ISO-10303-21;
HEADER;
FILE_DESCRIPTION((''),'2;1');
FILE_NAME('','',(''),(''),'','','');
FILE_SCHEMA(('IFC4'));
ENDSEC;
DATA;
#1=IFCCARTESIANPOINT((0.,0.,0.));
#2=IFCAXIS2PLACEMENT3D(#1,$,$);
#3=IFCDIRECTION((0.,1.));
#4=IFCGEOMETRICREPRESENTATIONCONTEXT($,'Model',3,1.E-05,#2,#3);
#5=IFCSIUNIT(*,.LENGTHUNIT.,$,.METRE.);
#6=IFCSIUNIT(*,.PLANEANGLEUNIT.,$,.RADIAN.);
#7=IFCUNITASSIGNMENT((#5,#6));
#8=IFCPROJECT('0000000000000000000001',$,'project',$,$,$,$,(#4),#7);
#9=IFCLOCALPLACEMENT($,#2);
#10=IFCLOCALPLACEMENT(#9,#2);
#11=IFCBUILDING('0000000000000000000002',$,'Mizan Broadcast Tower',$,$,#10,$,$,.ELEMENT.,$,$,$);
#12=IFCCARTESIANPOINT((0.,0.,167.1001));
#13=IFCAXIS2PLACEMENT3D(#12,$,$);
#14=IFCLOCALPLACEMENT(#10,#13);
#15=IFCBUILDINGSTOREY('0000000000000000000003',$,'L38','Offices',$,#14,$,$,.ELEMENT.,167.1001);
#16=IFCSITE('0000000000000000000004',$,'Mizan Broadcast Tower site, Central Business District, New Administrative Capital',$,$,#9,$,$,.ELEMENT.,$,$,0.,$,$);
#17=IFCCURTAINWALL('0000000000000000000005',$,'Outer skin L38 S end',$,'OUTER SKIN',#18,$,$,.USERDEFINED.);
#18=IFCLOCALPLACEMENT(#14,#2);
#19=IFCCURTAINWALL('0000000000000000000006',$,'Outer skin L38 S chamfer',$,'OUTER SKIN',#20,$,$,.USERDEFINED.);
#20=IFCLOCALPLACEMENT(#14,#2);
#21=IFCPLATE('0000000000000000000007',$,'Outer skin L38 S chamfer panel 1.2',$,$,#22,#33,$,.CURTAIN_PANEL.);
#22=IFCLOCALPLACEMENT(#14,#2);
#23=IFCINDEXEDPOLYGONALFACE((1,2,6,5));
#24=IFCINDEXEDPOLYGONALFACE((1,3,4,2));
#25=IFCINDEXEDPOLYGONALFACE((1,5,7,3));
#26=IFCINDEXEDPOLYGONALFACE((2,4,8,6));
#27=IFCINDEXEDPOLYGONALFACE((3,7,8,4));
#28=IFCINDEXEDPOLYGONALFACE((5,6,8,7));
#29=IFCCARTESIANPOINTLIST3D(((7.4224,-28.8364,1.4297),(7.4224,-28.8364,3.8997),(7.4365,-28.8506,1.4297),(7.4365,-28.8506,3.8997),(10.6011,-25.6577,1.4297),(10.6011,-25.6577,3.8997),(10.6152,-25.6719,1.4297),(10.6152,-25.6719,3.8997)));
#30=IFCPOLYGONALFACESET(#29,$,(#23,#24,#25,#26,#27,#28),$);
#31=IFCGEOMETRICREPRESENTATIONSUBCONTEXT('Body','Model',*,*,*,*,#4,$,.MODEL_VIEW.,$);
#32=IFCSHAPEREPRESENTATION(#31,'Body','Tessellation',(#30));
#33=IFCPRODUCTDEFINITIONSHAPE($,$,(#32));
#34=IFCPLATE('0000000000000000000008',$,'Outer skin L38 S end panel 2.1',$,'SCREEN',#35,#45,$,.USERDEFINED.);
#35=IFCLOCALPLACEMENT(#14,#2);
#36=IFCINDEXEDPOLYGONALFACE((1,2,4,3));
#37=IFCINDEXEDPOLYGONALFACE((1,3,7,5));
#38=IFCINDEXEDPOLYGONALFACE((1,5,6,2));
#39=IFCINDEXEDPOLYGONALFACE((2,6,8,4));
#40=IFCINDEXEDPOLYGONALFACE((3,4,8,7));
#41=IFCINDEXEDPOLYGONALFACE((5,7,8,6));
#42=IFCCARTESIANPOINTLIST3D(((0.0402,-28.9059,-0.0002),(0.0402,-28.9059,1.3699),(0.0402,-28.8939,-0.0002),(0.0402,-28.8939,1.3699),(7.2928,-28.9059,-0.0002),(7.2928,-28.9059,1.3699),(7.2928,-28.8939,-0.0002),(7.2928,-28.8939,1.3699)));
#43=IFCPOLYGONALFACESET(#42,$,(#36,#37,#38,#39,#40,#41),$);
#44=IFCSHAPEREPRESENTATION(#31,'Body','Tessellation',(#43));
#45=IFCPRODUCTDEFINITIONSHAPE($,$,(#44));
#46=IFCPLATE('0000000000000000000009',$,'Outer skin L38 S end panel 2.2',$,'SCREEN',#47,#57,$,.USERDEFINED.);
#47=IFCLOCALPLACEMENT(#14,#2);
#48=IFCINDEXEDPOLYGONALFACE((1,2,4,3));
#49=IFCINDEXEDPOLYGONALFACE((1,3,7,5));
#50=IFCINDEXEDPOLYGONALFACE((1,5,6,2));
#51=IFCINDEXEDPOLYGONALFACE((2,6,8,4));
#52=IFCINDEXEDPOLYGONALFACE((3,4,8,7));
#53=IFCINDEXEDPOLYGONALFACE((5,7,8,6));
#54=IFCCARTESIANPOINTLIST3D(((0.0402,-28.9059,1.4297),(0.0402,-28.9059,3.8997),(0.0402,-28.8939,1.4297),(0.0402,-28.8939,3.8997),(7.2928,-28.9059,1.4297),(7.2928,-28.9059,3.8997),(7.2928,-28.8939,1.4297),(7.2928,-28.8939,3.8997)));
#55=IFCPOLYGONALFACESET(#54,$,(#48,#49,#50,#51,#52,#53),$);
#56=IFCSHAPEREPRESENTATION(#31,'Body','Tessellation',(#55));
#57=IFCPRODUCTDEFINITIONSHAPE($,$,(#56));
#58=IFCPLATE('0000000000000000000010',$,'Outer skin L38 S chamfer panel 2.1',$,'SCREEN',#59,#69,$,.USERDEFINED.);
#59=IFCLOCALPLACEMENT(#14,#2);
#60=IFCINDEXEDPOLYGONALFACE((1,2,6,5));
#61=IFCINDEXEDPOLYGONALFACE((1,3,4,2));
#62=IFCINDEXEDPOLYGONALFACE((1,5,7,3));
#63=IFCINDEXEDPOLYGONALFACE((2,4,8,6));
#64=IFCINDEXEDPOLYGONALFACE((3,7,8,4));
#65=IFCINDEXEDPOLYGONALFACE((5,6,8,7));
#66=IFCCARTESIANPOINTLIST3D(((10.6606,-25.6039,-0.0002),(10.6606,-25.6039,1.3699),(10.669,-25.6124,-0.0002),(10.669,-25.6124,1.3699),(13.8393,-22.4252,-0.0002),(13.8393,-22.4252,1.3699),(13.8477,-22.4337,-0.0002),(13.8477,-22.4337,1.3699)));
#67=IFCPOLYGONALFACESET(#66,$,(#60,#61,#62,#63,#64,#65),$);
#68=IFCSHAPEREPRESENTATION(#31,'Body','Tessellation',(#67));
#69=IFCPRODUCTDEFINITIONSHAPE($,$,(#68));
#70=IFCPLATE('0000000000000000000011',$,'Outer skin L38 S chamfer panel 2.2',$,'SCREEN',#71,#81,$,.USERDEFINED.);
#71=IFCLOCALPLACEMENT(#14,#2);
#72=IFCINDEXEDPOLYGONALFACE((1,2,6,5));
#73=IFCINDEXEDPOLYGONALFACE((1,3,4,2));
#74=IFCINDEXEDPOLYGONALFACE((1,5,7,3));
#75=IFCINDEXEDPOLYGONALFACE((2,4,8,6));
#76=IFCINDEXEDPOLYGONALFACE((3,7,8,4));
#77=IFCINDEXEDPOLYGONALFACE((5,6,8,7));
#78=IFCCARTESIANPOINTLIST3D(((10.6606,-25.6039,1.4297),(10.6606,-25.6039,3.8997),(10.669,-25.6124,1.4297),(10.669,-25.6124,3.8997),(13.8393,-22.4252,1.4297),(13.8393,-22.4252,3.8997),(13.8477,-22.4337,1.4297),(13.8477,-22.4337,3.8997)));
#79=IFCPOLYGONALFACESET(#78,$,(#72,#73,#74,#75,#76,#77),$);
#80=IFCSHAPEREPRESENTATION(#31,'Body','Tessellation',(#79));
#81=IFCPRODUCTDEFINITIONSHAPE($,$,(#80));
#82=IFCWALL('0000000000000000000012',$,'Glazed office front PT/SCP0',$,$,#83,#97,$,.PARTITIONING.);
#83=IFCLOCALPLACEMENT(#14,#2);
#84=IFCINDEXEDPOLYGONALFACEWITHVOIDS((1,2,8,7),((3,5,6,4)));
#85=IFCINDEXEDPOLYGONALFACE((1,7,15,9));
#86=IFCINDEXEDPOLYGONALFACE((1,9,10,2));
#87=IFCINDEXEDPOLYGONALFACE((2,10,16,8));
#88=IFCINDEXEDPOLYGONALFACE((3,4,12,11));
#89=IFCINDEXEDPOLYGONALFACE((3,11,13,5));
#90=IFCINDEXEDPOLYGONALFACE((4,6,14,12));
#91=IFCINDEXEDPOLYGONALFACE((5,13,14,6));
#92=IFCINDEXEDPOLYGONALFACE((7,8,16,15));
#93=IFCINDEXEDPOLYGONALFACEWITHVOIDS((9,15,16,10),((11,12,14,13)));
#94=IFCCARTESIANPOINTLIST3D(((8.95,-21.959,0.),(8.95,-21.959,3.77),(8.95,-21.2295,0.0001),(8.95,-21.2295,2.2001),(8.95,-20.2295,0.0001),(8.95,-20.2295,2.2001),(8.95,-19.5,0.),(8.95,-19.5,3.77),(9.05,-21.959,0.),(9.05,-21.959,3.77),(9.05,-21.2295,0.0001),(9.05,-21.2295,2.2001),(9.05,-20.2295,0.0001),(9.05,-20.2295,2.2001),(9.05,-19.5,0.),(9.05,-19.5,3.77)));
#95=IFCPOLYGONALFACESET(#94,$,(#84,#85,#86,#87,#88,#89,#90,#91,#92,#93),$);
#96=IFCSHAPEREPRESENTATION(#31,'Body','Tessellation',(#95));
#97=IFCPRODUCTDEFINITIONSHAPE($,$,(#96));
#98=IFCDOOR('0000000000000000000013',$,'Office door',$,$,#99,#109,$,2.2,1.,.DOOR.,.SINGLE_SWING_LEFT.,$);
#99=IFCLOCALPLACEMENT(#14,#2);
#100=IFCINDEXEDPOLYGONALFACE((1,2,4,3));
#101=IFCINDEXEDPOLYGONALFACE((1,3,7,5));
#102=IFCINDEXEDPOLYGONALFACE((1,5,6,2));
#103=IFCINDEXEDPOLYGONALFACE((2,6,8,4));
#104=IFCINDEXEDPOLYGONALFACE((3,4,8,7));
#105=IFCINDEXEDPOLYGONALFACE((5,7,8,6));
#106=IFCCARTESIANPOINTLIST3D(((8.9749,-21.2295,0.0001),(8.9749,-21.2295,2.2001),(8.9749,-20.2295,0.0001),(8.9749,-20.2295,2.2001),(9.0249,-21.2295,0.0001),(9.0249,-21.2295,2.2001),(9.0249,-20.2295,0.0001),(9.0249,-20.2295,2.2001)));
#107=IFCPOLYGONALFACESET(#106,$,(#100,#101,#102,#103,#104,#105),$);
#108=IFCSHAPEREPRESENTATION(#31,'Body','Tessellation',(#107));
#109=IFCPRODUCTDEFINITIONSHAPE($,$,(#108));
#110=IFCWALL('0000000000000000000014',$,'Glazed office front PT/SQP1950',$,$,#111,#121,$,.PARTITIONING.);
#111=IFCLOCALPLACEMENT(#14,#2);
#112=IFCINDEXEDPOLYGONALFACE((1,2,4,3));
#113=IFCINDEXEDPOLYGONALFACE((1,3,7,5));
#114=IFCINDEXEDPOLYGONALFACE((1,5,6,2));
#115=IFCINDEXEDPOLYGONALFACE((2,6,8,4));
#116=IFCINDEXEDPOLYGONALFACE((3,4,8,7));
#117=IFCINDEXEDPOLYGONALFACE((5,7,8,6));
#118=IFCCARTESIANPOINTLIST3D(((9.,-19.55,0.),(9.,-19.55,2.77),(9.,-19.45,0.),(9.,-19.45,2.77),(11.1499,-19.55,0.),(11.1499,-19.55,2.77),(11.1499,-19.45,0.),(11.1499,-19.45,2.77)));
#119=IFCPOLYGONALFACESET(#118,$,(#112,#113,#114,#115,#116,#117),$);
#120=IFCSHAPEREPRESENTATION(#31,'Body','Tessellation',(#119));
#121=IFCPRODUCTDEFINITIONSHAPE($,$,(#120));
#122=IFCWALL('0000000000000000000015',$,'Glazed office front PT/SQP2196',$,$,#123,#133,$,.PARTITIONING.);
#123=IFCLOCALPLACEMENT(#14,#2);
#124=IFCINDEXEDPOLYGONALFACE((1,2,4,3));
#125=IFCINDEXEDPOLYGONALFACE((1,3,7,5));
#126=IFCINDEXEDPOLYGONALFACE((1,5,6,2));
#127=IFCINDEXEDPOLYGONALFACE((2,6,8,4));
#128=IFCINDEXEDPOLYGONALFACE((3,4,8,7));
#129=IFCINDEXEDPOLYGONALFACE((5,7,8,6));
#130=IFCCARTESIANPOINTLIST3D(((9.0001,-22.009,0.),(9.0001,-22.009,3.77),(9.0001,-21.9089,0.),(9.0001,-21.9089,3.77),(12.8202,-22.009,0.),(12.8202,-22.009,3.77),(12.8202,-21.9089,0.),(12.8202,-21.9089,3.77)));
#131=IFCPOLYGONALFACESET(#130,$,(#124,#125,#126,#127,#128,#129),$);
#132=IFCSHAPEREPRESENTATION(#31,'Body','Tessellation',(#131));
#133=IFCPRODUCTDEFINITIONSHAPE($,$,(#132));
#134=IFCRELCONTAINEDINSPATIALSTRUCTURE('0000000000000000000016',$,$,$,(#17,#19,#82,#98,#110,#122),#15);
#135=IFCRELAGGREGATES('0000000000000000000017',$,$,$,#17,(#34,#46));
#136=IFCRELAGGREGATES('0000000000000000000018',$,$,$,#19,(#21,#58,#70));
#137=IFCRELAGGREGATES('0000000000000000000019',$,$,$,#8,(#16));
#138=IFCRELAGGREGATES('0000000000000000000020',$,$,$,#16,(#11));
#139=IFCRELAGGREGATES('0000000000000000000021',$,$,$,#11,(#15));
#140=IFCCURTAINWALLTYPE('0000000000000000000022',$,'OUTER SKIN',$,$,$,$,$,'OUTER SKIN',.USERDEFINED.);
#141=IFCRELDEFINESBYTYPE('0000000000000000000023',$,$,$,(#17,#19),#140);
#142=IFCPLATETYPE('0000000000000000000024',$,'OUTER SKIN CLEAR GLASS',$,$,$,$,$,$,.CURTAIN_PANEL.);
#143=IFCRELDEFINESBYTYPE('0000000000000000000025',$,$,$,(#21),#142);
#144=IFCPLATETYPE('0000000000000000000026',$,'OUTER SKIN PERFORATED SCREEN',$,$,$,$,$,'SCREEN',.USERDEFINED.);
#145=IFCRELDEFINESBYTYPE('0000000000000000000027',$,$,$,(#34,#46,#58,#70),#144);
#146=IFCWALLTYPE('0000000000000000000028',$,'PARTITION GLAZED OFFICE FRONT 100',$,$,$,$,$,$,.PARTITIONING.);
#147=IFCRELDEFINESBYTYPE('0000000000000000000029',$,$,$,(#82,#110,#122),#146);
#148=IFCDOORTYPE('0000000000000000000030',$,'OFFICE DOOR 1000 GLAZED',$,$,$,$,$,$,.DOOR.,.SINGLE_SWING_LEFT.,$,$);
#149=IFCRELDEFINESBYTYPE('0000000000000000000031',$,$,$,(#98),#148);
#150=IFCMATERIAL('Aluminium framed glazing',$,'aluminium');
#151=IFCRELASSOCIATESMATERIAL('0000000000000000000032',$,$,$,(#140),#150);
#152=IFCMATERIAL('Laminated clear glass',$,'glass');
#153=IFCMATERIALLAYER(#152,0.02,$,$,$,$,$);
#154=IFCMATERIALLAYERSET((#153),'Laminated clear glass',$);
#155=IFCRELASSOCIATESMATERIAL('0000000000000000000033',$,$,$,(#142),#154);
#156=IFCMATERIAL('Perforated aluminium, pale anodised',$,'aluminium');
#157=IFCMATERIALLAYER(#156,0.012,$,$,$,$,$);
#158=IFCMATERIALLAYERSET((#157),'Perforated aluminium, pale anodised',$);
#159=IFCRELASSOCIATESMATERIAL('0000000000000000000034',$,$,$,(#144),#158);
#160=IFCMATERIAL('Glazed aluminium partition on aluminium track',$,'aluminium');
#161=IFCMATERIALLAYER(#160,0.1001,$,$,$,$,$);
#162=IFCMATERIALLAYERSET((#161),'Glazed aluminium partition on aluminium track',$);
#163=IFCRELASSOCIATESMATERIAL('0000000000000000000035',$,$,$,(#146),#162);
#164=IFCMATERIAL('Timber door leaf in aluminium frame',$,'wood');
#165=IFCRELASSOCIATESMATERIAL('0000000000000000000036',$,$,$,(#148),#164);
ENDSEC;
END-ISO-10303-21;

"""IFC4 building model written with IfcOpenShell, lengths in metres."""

from ifc_helpers import new_model, si_unit, direction, frame, frame_2d, origin, origin_2d, place, context, subcontext, project, spatial, rectangle, extrude, material, layer, layer_set, type_object, element, fill, aggregate, save


model = new_model("IFC4")

# Units and contexts
model_context = context("Model", 3, precision=1e-05, world=origin(), true_north=direction((0.0, 1.0)))
body_context = subcontext(model_context, "Body", "Model", "MODEL_VIEW")
ifc_project = project(units=[si_unit("LENGTHUNIT", "METRE"), si_unit("PLANEANGLEUNIT", "RADIAN")], contexts=[model_context])

# Site, building, storey
site_placement = place(None, origin())
site = spatial("IfcSite", under=ifc_project, at=site_placement, Name="Mizan Broadcast Tower site, Central Business District, New Administrative Capital", CompositionType="ELEMENT", RefElevation=0.0)
building_placement = place(site_placement, origin())
building = spatial("IfcBuilding", under=site, at=building_placement, Name="Mizan Broadcast Tower", CompositionType="ELEMENT")
storey_placement = place(building_placement, frame((0.0, 0.0, 167.1001)))
storey = spatial("IfcBuildingStorey", under=building, at=storey_placement, Name="L38", Description="Offices", CompositionType="ELEMENT", Elevation=167.1001)

# Curtain wall
ifc_material_1 = material(Name="Aluminium framed glazing", Category="aluminium")
curtain_wall_type_1 = type_object("IfcCurtainWallType", Name="OUTER SKIN", ElementType="OUTER SKIN", PredefinedType="USERDEFINED", material=ifc_material_1)
curtain_wall_1_placement = place(storey_placement, origin())
curtain_wall_1 = element("IfcCurtainWall", 1, at=curtain_wall_1_placement, inside=storey, type_object=curtain_wall_type_1, Name="Outer skin L38 S end", ObjectType="OUTER SKIN", PredefinedType="USERDEFINED")

# Curtain wall
curtain_wall_2_placement = place(storey_placement, origin())
curtain_wall_2 = element("IfcCurtainWall", 2, at=curtain_wall_2_placement, inside=storey, type_object=curtain_wall_type_1, Name="Outer skin L38 S chamfer", ObjectType="OUTER SKIN", PredefinedType="USERDEFINED")

# Plates
ifc_material_2 = material(Name="Laminated clear glass", Category="glass")
ifc_layer_1 = layer(ifc_material_2, 0.02)
ifc_layer_set_1 = layer_set([ifc_layer_1], Name="Laminated clear glass")
plate_type_1 = type_object("IfcPlateType", Name="OUTER SKIN CLEAR GLASS", PredefinedType="CURTAIN_PANEL", material=ifc_layer_set_1)
plate_1_placement = place(storey_placement, frame((9.0188, -27.2542, 1.4297), z_axis=(0.0, 0.0, 1.0), x_axis=(0.707107, 0.707107, 0.0)))
plate_1 = element("IfcPlate", 3, at=plate_1_placement, type_object=plate_type_1, Name="Outer skin L38 S chamfer panel 1.2", PredefinedType="CURTAIN_PANEL", context=body_context, shape_type="SweptSolid", body=[
    extrude(rectangle(XDim=4.4954, YDim=0.02, at=origin_2d()), origin(), (0.0, 0.0, 1.0), 2.47),
])
ifc_material_3 = material(Name="Perforated aluminium, pale anodised", Category="aluminium")
ifc_layer_2 = layer(ifc_material_3, 0.012)
ifc_layer_set_2 = layer_set([ifc_layer_2], Name="Perforated aluminium, pale anodised")
plate_type_2 = type_object("IfcPlateType", Name="OUTER SKIN PERFORATED SCREEN", ElementType="SCREEN", PredefinedType="USERDEFINED", material=ifc_layer_set_2)
plate_2_placement = place(storey_placement, frame((3.6665, -28.8999, -0.0002), z_axis=(0.0, 0.0, 1.0), x_axis=(1.0, 0.0, 0.0)))
plate_2 = element("IfcPlate", 4, at=plate_2_placement, type_object=plate_type_2, Name="Outer skin L38 S end panel 2.1", ObjectType="SCREEN", PredefinedType="USERDEFINED", context=body_context, shape_type="SweptSolid", body=[
    extrude(rectangle(XDim=7.2527, YDim=0.012, at=origin_2d()), origin(), (0.0, 0.0, 1.0), 1.3701),
])
plate_3_placement = place(storey_placement, frame((3.6665, -28.8999, 1.4297), z_axis=(0.0, 0.0, 1.0), x_axis=(1.0, 0.0, 0.0)))
plate_3 = element("IfcPlate", 5, at=plate_3_placement, type_object=plate_type_2, Name="Outer skin L38 S end panel 2.2", ObjectType="SCREEN", PredefinedType="USERDEFINED", context=body_context, shape_type="SweptSolid", body=[
    extrude(rectangle(XDim=7.2527, YDim=0.012, at=origin_2d()), origin(), (0.0, 0.0, 1.0), 2.47),
])
aggregate(curtain_wall_1, [plate_2, plate_3])
plate_4_placement = place(storey_placement, frame((12.2542, -24.0188, -0.0002), z_axis=(0.0, 0.0, 1.0), x_axis=(0.707107, 0.707107, 0.0)))
plate_4 = element("IfcPlate", 6, at=plate_4_placement, type_object=plate_type_2, Name="Outer skin L38 S chamfer panel 2.1", ObjectType="SCREEN", PredefinedType="USERDEFINED", context=body_context, shape_type="SweptSolid", body=[
    extrude(rectangle(XDim=4.4954, YDim=0.012, at=origin_2d()), origin(), (0.0, 0.0, 1.0), 1.3701),
])
plate_5_placement = place(storey_placement, frame((12.2542, -24.0188, 1.4297), z_axis=(0.0, 0.0, 1.0), x_axis=(0.707107, 0.707107, 0.0)))
plate_5 = element("IfcPlate", 7, at=plate_5_placement, type_object=plate_type_2, Name="Outer skin L38 S chamfer panel 2.2", ObjectType="SCREEN", PredefinedType="USERDEFINED", context=body_context, shape_type="SweptSolid", body=[
    extrude(rectangle(XDim=4.4954, YDim=0.012, at=origin_2d()), origin(), (0.0, 0.0, 1.0), 2.47),
])
aggregate(curtain_wall_2, [plate_1, plate_4, plate_5])

# Wall, opening, door
ifc_material_4 = material(Name="Glazed aluminium partition on aluminium track", Category="aluminium")
ifc_layer_3 = layer(ifc_material_4, 0.1001)
ifc_layer_set_3 = layer_set([ifc_layer_3], Name="Glazed aluminium partition on aluminium track")
wall_type = type_object("IfcWallType", Name="PARTITION GLAZED OFFICE FRONT 100", PredefinedType="PARTITIONING", material=ifc_layer_set_3)
wall_1_placement = place(storey_placement, frame((9.0, -19.5, 0.0), z_axis=(0.0, 0.0, 1.0), x_axis=(0.0, -1.0, 0.0)))
wall_1 = element("IfcWall", 8, at=wall_1_placement, inside=storey, type_object=wall_type, Name="Glazed office front PT/SCP0", PredefinedType="PARTITIONING", context=body_context, shape_type="SweptSolid", body=[
    extrude(rectangle(XDim=2.459, YDim=0.1001, at=frame_2d((1.2295, 0.0))), origin(), (0.0, 0.0, 1.0), 3.77),
])
opening_placement = place(wall_1_placement, frame((0.7295, 0.0, 0.0)))
opening = element("IfcOpeningElement", 9, at=opening_placement, cuts=wall_1, PredefinedType="OPENING", context=body_context, shape_type="SweptSolid", body=[
    extrude(rectangle(XDim=1.0, YDim=2.2, at=frame_2d((0.5, 1.1001))), frame((0.0, 0.0601, 0.0), z_axis=(0.0, -1.0, 0.0), x_axis=(1.0, 0.0, 0.0)), (0.0, 0.0, 1.0), 0.1201),
])
ifc_material_5 = material(Name="Timber door leaf in aluminium frame", Category="wood")
door_type = type_object("IfcDoorType", Name="OFFICE DOOR 1000 GLAZED", OperationType="SINGLE_SWING_LEFT", PredefinedType="DOOR", material=ifc_material_5)
door_placement = place(opening_placement, origin())
door = element("IfcDoor", 10, at=door_placement, inside=storey, type_object=door_type, Name="Office door", OperationType="SINGLE_SWING_LEFT", OverallHeight=2.2, OverallWidth=1.0, PredefinedType="DOOR", context=body_context, shape_type="SweptSolid", body=[
    extrude(rectangle(XDim=1.0, YDim=2.2, at=frame_2d((0.5, 1.1001))), frame((0.0, 0.0249, 0.0), z_axis=(0.0, -1.0, 0.0), x_axis=(1.0, 0.0, 0.0)), (0.0, 0.0, 1.0), 0.05),
])
fill(opening, door)

# Walls
wall_2_placement = place(storey_placement, frame((9.0, -19.5, 0.0), z_axis=(0.0, 0.0, 1.0), x_axis=(1.0, 0.0, 0.0)))
element("IfcWall", 11, at=wall_2_placement, inside=storey, type_object=wall_type, Name="Glazed office front PT/SQP1950", PredefinedType="PARTITIONING", context=body_context, shape_type="SweptSolid", body=[
    extrude(rectangle(XDim=2.1499, YDim=0.1001, at=frame_2d((1.075, 0.0))), origin(), (0.0, 0.0, 1.0), 2.77),
])
wall_3_placement = place(storey_placement, frame((9.0, -21.959, 0.0), z_axis=(0.0, 0.0, 1.0), x_axis=(1.0, 0.0, 0.0)))
element("IfcWall", 12, at=wall_3_placement, inside=storey, type_object=wall_type, Name="Glazed office front PT/SQP2196", PredefinedType="PARTITIONING", context=body_context, shape_type="SweptSolid", body=[
    extrude(rectangle(XDim=3.8201, YDim=0.1001, at=frame_2d((1.9102, 0.0))), origin(), (0.0, 0.0, 1.0), 3.77),
])

save(model, "model.ifc")
